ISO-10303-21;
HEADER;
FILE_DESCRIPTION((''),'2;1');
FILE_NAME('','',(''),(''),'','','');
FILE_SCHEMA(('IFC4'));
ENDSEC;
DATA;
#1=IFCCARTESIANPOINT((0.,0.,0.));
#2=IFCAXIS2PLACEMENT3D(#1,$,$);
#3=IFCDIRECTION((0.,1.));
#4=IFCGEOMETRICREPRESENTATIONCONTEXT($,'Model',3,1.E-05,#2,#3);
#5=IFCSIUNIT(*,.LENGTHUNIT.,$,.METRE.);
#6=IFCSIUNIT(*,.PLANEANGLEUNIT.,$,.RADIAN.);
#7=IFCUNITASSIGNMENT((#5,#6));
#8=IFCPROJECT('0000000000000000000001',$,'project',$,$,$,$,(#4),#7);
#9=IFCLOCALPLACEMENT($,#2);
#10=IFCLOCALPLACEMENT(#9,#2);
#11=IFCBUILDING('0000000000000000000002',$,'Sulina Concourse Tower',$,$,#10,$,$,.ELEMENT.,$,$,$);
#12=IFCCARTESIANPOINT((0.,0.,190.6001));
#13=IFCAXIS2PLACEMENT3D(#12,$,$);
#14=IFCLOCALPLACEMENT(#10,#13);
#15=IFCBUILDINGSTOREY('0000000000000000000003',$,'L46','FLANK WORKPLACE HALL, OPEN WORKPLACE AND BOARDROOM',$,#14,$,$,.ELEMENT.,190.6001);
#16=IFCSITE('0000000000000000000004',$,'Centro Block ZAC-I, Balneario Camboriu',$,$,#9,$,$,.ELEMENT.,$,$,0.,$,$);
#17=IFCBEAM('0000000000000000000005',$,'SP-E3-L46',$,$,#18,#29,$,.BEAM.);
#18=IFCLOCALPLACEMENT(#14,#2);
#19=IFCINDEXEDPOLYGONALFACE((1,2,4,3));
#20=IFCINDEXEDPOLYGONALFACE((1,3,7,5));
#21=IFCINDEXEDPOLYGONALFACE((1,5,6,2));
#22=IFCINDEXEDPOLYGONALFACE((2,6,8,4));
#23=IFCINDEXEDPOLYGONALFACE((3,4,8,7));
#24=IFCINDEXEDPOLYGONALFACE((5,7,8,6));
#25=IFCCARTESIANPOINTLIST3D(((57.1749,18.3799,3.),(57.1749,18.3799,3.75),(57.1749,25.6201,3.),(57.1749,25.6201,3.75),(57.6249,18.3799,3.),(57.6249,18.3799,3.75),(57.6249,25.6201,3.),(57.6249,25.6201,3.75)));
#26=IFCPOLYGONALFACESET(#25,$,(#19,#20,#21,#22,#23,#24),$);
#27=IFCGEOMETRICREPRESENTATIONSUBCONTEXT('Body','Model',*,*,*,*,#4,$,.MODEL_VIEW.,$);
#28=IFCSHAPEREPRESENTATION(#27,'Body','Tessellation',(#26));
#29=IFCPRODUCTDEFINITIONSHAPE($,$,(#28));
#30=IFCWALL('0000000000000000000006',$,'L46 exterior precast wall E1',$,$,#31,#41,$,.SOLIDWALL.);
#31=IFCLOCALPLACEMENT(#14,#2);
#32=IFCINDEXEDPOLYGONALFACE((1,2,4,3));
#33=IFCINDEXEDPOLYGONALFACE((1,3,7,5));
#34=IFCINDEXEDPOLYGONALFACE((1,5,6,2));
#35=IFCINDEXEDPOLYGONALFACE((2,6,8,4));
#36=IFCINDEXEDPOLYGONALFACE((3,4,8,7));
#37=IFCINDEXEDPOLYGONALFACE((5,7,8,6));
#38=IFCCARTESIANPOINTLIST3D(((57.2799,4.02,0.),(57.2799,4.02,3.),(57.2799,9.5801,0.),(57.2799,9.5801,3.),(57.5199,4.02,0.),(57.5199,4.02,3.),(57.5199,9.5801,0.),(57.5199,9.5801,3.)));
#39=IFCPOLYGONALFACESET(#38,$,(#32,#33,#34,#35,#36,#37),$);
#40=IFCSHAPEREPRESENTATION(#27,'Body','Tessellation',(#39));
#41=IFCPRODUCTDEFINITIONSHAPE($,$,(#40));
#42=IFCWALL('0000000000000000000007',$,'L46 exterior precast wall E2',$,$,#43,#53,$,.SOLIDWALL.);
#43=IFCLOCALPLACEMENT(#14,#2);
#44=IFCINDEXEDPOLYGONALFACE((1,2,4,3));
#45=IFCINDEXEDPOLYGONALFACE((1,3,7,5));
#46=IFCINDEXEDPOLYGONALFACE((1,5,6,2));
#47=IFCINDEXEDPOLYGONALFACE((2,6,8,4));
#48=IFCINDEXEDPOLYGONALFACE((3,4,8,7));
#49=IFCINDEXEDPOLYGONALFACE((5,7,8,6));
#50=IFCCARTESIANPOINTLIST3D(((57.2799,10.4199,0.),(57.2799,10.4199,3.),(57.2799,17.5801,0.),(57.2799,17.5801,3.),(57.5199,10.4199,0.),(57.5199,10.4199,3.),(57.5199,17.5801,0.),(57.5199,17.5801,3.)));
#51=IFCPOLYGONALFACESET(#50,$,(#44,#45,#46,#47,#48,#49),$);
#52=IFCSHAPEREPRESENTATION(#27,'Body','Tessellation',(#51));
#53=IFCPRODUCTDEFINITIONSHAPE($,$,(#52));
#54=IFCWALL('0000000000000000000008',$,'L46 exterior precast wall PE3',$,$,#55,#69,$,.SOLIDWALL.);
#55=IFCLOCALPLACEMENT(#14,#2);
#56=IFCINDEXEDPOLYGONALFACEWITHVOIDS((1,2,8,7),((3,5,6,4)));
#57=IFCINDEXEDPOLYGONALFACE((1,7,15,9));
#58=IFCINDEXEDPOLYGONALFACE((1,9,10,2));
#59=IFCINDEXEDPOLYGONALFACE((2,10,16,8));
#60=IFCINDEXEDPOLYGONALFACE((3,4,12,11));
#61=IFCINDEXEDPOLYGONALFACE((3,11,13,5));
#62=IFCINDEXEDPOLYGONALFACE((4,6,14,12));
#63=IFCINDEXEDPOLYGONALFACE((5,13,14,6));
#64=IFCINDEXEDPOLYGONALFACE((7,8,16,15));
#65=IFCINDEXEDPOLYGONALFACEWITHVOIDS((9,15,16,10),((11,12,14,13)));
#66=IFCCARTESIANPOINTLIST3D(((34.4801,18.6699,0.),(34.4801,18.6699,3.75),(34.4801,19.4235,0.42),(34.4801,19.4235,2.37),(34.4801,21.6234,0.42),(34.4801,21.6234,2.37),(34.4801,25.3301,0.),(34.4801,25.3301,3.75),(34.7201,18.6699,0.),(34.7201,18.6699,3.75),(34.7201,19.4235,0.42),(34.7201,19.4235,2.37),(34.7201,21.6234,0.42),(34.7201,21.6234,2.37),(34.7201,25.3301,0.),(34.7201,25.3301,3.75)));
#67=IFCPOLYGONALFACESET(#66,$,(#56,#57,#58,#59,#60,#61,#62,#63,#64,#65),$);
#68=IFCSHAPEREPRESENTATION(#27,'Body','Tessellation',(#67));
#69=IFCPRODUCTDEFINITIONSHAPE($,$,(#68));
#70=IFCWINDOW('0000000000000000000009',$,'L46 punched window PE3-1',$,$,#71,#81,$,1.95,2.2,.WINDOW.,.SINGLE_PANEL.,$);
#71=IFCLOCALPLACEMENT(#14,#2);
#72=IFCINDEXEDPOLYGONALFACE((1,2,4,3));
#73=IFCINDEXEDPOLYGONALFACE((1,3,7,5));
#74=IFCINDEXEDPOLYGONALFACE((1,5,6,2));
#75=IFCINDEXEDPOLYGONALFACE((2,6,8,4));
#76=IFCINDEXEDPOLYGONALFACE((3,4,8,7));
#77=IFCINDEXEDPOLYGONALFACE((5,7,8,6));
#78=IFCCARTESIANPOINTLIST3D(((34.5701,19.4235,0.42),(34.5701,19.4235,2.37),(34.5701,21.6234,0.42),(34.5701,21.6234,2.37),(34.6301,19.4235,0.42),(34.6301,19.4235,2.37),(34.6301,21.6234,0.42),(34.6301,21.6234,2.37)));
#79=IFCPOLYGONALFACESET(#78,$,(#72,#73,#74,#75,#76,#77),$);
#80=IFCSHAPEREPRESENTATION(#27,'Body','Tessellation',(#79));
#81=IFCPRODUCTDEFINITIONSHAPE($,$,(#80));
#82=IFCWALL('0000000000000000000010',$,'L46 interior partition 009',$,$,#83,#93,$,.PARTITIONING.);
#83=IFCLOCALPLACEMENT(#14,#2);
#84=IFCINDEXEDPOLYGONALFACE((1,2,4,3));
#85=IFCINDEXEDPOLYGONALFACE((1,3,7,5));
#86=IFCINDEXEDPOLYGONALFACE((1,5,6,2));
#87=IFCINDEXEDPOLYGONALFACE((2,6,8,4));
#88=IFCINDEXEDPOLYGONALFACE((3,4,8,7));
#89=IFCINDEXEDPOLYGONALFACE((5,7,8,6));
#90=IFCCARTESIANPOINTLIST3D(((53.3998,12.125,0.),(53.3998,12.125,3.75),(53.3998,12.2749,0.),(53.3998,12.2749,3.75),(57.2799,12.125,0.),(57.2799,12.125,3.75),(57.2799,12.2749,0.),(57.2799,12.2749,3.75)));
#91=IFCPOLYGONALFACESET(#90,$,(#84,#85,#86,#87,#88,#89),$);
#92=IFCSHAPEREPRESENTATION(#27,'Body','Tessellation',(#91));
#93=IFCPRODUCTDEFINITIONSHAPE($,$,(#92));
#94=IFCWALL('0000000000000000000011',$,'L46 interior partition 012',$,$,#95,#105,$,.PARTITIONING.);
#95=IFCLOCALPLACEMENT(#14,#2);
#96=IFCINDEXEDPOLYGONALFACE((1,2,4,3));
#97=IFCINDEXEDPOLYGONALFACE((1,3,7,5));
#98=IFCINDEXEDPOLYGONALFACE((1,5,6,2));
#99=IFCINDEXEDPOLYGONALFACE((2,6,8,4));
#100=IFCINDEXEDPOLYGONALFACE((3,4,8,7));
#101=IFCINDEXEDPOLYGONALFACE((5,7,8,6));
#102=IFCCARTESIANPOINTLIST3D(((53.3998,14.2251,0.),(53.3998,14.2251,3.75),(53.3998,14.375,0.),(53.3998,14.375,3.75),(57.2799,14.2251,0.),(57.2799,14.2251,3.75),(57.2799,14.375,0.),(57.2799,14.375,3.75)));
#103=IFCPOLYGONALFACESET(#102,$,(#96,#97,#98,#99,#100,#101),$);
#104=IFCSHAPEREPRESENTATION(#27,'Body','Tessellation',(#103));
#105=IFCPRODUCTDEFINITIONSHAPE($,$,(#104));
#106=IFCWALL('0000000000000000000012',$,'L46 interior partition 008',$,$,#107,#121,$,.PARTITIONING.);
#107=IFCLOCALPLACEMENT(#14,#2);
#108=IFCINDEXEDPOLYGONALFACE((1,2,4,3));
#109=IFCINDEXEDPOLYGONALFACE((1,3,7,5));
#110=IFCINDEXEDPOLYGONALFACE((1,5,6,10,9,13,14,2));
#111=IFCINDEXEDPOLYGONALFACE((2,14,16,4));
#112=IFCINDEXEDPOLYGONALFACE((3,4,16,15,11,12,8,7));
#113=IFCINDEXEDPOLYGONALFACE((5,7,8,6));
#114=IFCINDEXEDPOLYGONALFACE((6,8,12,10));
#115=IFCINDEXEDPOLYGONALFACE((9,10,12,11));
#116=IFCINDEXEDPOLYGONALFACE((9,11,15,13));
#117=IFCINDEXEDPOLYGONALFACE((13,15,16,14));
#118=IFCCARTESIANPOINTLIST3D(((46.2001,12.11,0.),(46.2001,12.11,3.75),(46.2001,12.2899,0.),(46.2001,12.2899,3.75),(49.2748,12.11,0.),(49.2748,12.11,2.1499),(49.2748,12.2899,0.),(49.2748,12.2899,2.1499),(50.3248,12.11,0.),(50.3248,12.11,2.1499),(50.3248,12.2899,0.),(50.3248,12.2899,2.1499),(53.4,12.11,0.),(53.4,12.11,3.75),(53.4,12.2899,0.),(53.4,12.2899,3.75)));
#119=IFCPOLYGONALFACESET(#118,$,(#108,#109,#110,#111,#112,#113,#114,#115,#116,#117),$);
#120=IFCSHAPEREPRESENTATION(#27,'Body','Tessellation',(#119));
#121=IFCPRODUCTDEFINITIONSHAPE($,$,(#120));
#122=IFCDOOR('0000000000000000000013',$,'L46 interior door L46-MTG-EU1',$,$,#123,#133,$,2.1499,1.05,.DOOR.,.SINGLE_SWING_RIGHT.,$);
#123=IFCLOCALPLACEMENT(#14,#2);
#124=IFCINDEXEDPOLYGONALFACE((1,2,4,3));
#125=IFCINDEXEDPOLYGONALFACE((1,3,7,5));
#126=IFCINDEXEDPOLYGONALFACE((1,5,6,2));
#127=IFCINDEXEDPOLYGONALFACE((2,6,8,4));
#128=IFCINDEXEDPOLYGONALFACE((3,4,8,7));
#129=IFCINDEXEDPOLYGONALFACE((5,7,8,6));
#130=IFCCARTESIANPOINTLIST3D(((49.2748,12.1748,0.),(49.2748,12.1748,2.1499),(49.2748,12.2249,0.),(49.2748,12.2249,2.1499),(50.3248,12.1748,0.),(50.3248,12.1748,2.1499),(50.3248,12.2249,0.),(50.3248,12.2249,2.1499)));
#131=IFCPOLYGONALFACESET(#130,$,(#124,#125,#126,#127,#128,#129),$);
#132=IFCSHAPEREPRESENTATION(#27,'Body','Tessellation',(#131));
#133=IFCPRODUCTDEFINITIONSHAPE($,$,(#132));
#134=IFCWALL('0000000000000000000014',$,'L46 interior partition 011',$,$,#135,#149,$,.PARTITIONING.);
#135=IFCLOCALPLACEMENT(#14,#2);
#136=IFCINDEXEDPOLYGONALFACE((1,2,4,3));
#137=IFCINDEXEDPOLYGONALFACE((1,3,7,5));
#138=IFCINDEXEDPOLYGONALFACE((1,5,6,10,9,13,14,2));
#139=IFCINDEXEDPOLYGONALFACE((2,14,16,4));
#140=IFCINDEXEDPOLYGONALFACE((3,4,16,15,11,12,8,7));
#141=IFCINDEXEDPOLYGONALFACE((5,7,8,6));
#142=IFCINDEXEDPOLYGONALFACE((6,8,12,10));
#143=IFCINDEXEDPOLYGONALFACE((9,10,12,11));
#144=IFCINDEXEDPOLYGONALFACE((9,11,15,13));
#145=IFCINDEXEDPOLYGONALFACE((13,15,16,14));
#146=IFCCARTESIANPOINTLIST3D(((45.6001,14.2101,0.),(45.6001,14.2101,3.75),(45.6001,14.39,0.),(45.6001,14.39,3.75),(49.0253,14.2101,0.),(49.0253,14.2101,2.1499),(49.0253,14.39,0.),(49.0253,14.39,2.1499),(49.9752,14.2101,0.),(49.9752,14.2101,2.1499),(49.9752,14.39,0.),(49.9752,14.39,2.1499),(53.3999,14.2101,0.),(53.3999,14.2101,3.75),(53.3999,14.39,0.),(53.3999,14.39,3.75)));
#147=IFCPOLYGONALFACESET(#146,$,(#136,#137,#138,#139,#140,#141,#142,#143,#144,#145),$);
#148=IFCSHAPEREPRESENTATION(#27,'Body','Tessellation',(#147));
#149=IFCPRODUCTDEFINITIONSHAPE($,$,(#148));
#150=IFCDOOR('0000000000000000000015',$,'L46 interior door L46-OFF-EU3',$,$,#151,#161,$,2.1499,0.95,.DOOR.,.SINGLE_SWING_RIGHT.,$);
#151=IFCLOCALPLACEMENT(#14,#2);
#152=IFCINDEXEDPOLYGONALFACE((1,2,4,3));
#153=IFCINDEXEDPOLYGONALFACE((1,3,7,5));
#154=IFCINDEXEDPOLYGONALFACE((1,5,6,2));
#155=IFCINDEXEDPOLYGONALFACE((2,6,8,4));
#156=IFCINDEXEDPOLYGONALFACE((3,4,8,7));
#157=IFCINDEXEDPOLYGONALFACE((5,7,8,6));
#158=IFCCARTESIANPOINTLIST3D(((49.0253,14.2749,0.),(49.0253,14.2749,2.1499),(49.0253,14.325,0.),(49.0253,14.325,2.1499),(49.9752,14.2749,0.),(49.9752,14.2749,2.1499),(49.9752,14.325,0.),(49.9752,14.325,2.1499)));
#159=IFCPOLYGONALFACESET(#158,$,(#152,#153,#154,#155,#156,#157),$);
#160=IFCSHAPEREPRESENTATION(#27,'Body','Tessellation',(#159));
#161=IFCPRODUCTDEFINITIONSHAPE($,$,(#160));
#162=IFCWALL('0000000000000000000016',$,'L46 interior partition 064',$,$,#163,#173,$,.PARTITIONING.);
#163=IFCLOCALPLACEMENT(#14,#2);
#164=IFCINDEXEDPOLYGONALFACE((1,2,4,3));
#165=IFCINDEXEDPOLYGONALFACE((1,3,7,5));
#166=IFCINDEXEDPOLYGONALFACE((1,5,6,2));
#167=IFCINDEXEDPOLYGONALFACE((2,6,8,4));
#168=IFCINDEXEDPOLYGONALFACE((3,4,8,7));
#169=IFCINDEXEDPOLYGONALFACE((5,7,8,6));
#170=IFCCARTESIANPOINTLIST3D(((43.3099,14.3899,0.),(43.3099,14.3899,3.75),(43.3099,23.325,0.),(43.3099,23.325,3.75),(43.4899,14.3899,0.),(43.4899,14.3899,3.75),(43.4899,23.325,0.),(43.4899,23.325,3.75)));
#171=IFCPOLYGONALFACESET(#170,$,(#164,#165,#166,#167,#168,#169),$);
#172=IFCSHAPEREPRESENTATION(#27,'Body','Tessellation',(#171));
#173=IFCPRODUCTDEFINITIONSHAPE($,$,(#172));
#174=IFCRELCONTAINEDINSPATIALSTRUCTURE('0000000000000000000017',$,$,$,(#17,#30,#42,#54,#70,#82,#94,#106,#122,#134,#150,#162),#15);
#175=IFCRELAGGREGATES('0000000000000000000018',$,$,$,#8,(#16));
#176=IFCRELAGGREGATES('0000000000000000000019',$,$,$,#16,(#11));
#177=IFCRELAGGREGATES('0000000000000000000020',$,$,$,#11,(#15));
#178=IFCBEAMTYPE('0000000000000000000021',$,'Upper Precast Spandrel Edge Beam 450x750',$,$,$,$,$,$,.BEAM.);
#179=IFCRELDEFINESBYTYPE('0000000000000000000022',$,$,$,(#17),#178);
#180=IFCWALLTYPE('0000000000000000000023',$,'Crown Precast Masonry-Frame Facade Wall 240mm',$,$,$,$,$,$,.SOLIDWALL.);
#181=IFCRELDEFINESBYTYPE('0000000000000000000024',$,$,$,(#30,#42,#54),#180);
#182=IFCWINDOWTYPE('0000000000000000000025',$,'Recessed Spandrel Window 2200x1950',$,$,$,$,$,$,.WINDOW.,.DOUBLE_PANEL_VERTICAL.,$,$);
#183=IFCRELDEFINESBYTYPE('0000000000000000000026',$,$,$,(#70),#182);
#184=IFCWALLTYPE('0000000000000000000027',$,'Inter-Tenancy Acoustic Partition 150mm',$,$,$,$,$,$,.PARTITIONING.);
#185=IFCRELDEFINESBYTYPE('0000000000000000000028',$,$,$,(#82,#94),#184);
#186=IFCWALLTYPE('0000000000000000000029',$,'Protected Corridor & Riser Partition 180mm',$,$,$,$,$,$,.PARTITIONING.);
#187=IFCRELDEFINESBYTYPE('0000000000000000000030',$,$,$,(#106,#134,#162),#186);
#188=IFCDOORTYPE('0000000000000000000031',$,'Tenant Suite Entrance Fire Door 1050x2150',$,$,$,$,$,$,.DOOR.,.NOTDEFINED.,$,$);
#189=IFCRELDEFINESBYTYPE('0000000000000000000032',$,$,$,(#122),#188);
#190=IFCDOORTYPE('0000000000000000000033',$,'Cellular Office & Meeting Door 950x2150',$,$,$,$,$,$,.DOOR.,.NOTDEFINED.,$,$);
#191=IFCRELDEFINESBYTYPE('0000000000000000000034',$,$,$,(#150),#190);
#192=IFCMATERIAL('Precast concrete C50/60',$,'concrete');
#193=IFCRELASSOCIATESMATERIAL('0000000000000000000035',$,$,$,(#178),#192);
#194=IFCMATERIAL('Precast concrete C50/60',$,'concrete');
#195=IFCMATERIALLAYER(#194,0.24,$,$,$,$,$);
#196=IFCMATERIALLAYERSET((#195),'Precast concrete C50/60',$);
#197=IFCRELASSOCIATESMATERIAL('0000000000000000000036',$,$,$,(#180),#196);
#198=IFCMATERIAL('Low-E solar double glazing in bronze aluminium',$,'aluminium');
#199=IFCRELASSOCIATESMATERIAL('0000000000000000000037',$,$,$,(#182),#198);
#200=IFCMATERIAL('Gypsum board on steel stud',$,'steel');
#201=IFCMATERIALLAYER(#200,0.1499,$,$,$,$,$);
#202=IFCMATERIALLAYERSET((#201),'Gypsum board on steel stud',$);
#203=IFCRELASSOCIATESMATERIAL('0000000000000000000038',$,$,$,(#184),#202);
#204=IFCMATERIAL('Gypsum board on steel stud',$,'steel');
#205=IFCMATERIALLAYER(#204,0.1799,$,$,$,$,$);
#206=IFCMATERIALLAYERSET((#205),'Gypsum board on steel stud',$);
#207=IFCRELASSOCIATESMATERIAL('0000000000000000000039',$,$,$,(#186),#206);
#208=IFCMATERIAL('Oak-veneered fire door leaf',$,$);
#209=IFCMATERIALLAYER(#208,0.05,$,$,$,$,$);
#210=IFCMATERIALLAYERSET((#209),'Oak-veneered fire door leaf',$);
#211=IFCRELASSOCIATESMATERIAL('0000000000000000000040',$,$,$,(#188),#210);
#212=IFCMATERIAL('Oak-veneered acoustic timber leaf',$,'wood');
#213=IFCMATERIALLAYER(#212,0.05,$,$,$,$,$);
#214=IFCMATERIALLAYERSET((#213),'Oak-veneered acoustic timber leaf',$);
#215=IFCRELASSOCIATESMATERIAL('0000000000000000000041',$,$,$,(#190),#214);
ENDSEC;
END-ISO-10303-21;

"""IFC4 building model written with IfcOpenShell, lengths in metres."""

from ifc_helpers import new_model, si_unit, direction, frame, frame_2d, origin, origin_2d, place, context, subcontext, project, spatial, rectangle, extrude, material, layer, layer_set, material_profile, profile_set, type_object, element, fill, save


model = new_model("IFC4")

# Units and contexts
model_context = context("Model", 3, precision=1e-05, world=origin(), true_north=direction((0.0, 1.0)))
body_context = subcontext(model_context, "Body", "Model", "MODEL_VIEW")
ifc_project = project(units=[si_unit("LENGTHUNIT", "METRE"), si_unit("PLANEANGLEUNIT", "RADIAN")], contexts=[model_context])

# Site, building, storey
site_placement = place(None, origin())
site = spatial("IfcSite", under=ifc_project, at=site_placement, Name="Centro Block ZAC-I, Balneario Camboriu", CompositionType="ELEMENT", RefElevation=0.0)
building_placement = place(site_placement, origin())
building = spatial("IfcBuilding", under=site, at=building_placement, Name="Sulina Concourse Tower", CompositionType="ELEMENT")
storey_placement = place(building_placement, frame((0.0, 0.0, 190.6001)))
storey = spatial("IfcBuildingStorey", under=building, at=storey_placement, Name="L46", Description="FLANK WORKPLACE HALL, OPEN WORKPLACE AND BOARDROOM", CompositionType="ELEMENT", Elevation=190.6001)

# Beam
ifc_material_1 = material(Name="Precast concrete C50/60", Category="concrete")
ifc_material_profile_1 = material_profile(ifc_material_1, rectangle(XDim=0.45, YDim=0.75, at=origin_2d()), Name="RC 450x750")
ifc_profile_set_1 = profile_set([ifc_material_profile_1], Name="Precast concrete C50/60")
beam_type_1 = type_object("IfcBeamType", Name="Upper Precast Spandrel Edge Beam 450x750", PredefinedType="BEAM", material=ifc_profile_set_1)
for number, where, z_axis, x_axis, name in (
    (1, (57.3999, 18.3799, 3.375), (0.0, 1.0, 0.0), (-1.0, 0.0, 0.0), "SP-E3-L46"),
):
    element("IfcBeam", number, at=place(storey_placement, frame(where, z_axis=z_axis, x_axis=x_axis)), inside=storey, type_object=beam_type_1, Name=name, PredefinedType="BEAM", context=body_context, shape_type="SweptSolid", body=[
        extrude(rectangle(XDim=0.45, YDim=0.75, at=origin_2d()), origin(), (0.0, 0.0, 1.0), 7.2402),
    ])

# Walls
ifc_material_2 = material(Name="Precast concrete C50/60", Category="concrete")
ifc_layer_1 = layer(ifc_material_2, 0.24)
ifc_layer_set_1 = layer_set([ifc_layer_1], Name="Precast concrete C50/60")
wall_type_1 = type_object("IfcWallType", Name="Crown Precast Masonry-Frame Facade Wall 240mm", PredefinedType="SOLIDWALL", material=ifc_layer_set_1)
wall_1_placement = place(storey_placement, frame((57.3999, 9.5801, 0.0), z_axis=(0.0, 0.0, 1.0), x_axis=(0.0, -1.0, 0.0)))
element("IfcWall", 2, at=wall_1_placement, inside=storey, type_object=wall_type_1, Name="L46 exterior precast wall E1", PredefinedType="SOLIDWALL", context=body_context, shape_type="SweptSolid", body=[
    extrude(rectangle(XDim=5.5601, YDim=0.24, at=frame_2d((2.78, 0.0))), origin(), (0.0, 0.0, 1.0), 3.0),
])
wall_2_placement = place(storey_placement, frame((57.3999, 17.5801, 0.0), z_axis=(0.0, 0.0, 1.0), x_axis=(0.0, -1.0, 0.0)))
element("IfcWall", 3, at=wall_2_placement, inside=storey, type_object=wall_type_1, Name="L46 exterior precast wall E2", PredefinedType="SOLIDWALL", context=body_context, shape_type="SweptSolid", body=[
    extrude(rectangle(XDim=7.1602, YDim=0.24, at=frame_2d((3.5801, 0.0))), origin(), (0.0, 0.0, 1.0), 3.0),
])

# Wall, opening, window
wall_3_placement = place(storey_placement, frame((34.6001, 18.6699, 0.0), z_axis=(0.0, 0.0, 1.0), x_axis=(0.0, 1.0, 0.0)))
wall_3 = element("IfcWall", 4, at=wall_3_placement, inside=storey, type_object=wall_type_1, Name="L46 exterior precast wall PE3", PredefinedType="SOLIDWALL", context=body_context, shape_type="SweptSolid", body=[
    extrude(rectangle(XDim=6.6602, YDim=0.24, at=frame_2d((3.3301, 0.0))), origin(), (0.0, 0.0, 1.0), 3.75),
])
opening_1_placement = place(wall_3_placement, frame((0.7534, 0.0, 0.4199)))
opening_1 = element("IfcOpeningElement", 5, at=opening_1_placement, cuts=wall_3, PredefinedType="OPENING", context=body_context, shape_type="SweptSolid", body=[
    extrude(rectangle(XDim=2.2, YDim=1.95, at=frame_2d((1.1001, 0.9751))), frame((0.0, 0.1299, 0.0), z_axis=(0.0, -1.0, 0.0), x_axis=(1.0, 0.0, 0.0)), (0.0, 0.0, 1.0), 0.26),
])
ifc_material_3 = material(Name="Low-E solar double glazing in bronze aluminium", Category="aluminium")
window_type = type_object("IfcWindowType", Name="Recessed Spandrel Window 2200x1950", PartitioningType="DOUBLE_PANEL_VERTICAL", PredefinedType="WINDOW", material=ifc_material_3)
window_placement = place(opening_1_placement, origin())
window = element("IfcWindow", 6, at=window_placement, inside=storey, type_object=window_type, Name="L46 punched window PE3-1", OverallHeight=1.95, OverallWidth=2.2, PartitioningType="SINGLE_PANEL", PredefinedType="WINDOW", context=body_context, shape_type="SweptSolid", body=[
    extrude(rectangle(XDim=2.2, YDim=1.95, at=frame_2d((1.1001, 0.9751))), frame((0.0, 0.03, 0.0), z_axis=(0.0, -1.0, 0.0), x_axis=(1.0, 0.0, 0.0)), (0.0, 0.0, 1.0), 0.0601),
])
fill(opening_1, window)

# Walls
ifc_material_4 = material(Name="Gypsum board on steel stud", Category="steel")
ifc_layer_2 = layer(ifc_material_4, 0.1499)
ifc_layer_set_2 = layer_set([ifc_layer_2], Name="Gypsum board on steel stud")
wall_type_2 = type_object("IfcWallType", Name="Inter-Tenancy Acoustic Partition 150mm", PredefinedType="PARTITIONING", material=ifc_layer_set_2)
for number, where, z_axis, x_axis, name in (
    (7, (53.3999, 12.2, 0.0), (0.0, 0.0, 1.0), (1.0, 0.0, 0.0), "L46 interior partition 009"),
    (8, (53.3999, 14.3, 0.0), (0.0, 0.0, 1.0), (1.0, 0.0, 0.0), "L46 interior partition 012"),
):
    element("IfcWall", number, at=place(storey_placement, frame(where, z_axis=z_axis, x_axis=x_axis)), inside=storey, type_object=wall_type_2, Name=name, PredefinedType="PARTITIONING", context=body_context, shape_type="SweptSolid", body=[
        extrude(rectangle(XDim=3.8801, YDim=0.1499, at=frame_2d((1.9399, 0.0))), origin(), (0.0, 0.0, 1.0), 3.75),
    ])

# Walls, openings, doors
ifc_material_5 = material(Name="Gypsum board on steel stud", Category="steel")
ifc_layer_3 = layer(ifc_material_5, 0.1799)
ifc_layer_set_3 = layer_set([ifc_layer_3], Name="Gypsum board on steel stud")
wall_type_3 = type_object("IfcWallType", Name="Protected Corridor & Riser Partition 180mm", PredefinedType="PARTITIONING", material=ifc_layer_set_3)
wall_4_placement = place(storey_placement, frame((46.2, 12.2, 0.0), z_axis=(0.0, 0.0, 1.0), x_axis=(1.0, 0.0, 0.0)))
wall_4 = element("IfcWall", 9, at=wall_4_placement, inside=storey, type_object=wall_type_3, Name="L46 interior partition 008", PredefinedType="PARTITIONING", context=body_context, shape_type="SweptSolid", body=[
    extrude(rectangle(XDim=7.2, YDim=0.1799, at=frame_2d((3.6001, 0.0))), origin(), (0.0, 0.0, 1.0), 3.75),
])
opening_2_placement = place(wall_4_placement, frame((3.075, 0.0, 0.0)))
opening_2 = element("IfcOpeningElement", 10, at=opening_2_placement, cuts=wall_4, PredefinedType="OPENING", context=body_context, shape_type="SweptSolid", body=[
    extrude(rectangle(XDim=1.05, YDim=2.1499, at=frame_2d((0.5249, 1.075))), frame((0.0, 0.0999, 0.0), z_axis=(0.0, -1.0, 0.0), x_axis=(1.0, 0.0, 0.0)), (0.0, 0.0, 1.0), 0.2),
])
ifc_material_6 = material(Name="Oak-veneered fire door leaf")
ifc_layer_4 = layer(ifc_material_6, 0.05)
ifc_layer_set_4 = layer_set([ifc_layer_4], Name="Oak-veneered fire door leaf")
door_type_1 = type_object("IfcDoorType", Name="Tenant Suite Entrance Fire Door 1050x2150", OperationType="NOTDEFINED", PredefinedType="DOOR", material=ifc_layer_set_4)
door_1_placement = place(opening_2_placement, origin())
door_1 = element("IfcDoor", 11, at=door_1_placement, inside=storey, type_object=door_type_1, Name="L46 interior door L46-MTG-EU1", OperationType="SINGLE_SWING_RIGHT", OverallHeight=2.1499, OverallWidth=1.05, PredefinedType="DOOR", context=body_context, shape_type="SweptSolid", body=[
    extrude(rectangle(XDim=1.05, YDim=2.1499, at=frame_2d((0.5249, 1.075))), frame((0.0, 0.0249, 0.0), z_axis=(0.0, -1.0, 0.0), x_axis=(1.0, 0.0, 0.0)), (0.0, 0.0, 1.0), 0.05),
])
fill(opening_2, door_1)
wall_5_placement = place(storey_placement, frame((45.6001, 14.3, 0.0), z_axis=(0.0, 0.0, 1.0), x_axis=(1.0, 0.0, 0.0)))
wall_5 = element("IfcWall", 12, at=wall_5_placement, inside=storey, type_object=wall_type_3, Name="L46 interior partition 011", PredefinedType="PARTITIONING", context=body_context, shape_type="SweptSolid", body=[
    extrude(rectangle(XDim=7.7998, YDim=0.1799, at=frame_2d((3.8999, 0.0))), origin(), (0.0, 0.0, 1.0), 3.75),
])
opening_3_placement = place(wall_5_placement, frame((3.425, 0.0, 0.0)))
opening_3 = element("IfcOpeningElement", 13, at=opening_3_placement, cuts=wall_5, PredefinedType="OPENING", context=body_context, shape_type="SweptSolid", body=[
    extrude(rectangle(XDim=0.95, YDim=2.1499, at=frame_2d((0.4751, 1.075))), frame((0.0, 0.0999, 0.0), z_axis=(0.0, -1.0, 0.0), x_axis=(1.0, 0.0, 0.0)), (0.0, 0.0, 1.0), 0.2),
])
ifc_material_7 = material(Name="Oak-veneered acoustic timber leaf", Category="wood")
ifc_layer_5 = layer(ifc_material_7, 0.05)
ifc_layer_set_5 = layer_set([ifc_layer_5], Name="Oak-veneered acoustic timber leaf")
door_type_2 = type_object("IfcDoorType", Name="Cellular Office & Meeting Door 950x2150", OperationType="NOTDEFINED", PredefinedType="DOOR", material=ifc_layer_set_5)
door_2_placement = place(opening_3_placement, origin())
door_2 = element("IfcDoor", 14, at=door_2_placement, inside=storey, type_object=door_type_2, Name="L46 interior door L46-OFF-EU3", OperationType="SINGLE_SWING_RIGHT", OverallHeight=2.1499, OverallWidth=0.95, PredefinedType="DOOR", context=body_context, shape_type="SweptSolid", body=[
    extrude(rectangle(XDim=0.95, YDim=2.1499, at=frame_2d((0.4751, 1.075))), frame((0.0, 0.0249, 0.0), z_axis=(0.0, -1.0, 0.0), x_axis=(1.0, 0.0, 0.0)), (0.0, 0.0, 1.0), 0.05),
])
fill(opening_3, door_2)

# Wall
wall_6_placement = place(storey_placement, frame((43.3999, 14.3899, 0.0), z_axis=(0.0, 0.0, 1.0), x_axis=(0.0, 1.0, 0.0)))
element("IfcWall", 15, at=wall_6_placement, inside=storey, type_object=wall_type_3, Name="L46 interior partition 064", PredefinedType="PARTITIONING", context=body_context, shape_type="SweptSolid", body=[
    extrude(rectangle(XDim=8.9351, YDim=0.1799, at=frame_2d((4.4675, 0.0))), origin(), (0.0, 0.0, 1.0), 3.75),
])

save(model, "model.ifc")
